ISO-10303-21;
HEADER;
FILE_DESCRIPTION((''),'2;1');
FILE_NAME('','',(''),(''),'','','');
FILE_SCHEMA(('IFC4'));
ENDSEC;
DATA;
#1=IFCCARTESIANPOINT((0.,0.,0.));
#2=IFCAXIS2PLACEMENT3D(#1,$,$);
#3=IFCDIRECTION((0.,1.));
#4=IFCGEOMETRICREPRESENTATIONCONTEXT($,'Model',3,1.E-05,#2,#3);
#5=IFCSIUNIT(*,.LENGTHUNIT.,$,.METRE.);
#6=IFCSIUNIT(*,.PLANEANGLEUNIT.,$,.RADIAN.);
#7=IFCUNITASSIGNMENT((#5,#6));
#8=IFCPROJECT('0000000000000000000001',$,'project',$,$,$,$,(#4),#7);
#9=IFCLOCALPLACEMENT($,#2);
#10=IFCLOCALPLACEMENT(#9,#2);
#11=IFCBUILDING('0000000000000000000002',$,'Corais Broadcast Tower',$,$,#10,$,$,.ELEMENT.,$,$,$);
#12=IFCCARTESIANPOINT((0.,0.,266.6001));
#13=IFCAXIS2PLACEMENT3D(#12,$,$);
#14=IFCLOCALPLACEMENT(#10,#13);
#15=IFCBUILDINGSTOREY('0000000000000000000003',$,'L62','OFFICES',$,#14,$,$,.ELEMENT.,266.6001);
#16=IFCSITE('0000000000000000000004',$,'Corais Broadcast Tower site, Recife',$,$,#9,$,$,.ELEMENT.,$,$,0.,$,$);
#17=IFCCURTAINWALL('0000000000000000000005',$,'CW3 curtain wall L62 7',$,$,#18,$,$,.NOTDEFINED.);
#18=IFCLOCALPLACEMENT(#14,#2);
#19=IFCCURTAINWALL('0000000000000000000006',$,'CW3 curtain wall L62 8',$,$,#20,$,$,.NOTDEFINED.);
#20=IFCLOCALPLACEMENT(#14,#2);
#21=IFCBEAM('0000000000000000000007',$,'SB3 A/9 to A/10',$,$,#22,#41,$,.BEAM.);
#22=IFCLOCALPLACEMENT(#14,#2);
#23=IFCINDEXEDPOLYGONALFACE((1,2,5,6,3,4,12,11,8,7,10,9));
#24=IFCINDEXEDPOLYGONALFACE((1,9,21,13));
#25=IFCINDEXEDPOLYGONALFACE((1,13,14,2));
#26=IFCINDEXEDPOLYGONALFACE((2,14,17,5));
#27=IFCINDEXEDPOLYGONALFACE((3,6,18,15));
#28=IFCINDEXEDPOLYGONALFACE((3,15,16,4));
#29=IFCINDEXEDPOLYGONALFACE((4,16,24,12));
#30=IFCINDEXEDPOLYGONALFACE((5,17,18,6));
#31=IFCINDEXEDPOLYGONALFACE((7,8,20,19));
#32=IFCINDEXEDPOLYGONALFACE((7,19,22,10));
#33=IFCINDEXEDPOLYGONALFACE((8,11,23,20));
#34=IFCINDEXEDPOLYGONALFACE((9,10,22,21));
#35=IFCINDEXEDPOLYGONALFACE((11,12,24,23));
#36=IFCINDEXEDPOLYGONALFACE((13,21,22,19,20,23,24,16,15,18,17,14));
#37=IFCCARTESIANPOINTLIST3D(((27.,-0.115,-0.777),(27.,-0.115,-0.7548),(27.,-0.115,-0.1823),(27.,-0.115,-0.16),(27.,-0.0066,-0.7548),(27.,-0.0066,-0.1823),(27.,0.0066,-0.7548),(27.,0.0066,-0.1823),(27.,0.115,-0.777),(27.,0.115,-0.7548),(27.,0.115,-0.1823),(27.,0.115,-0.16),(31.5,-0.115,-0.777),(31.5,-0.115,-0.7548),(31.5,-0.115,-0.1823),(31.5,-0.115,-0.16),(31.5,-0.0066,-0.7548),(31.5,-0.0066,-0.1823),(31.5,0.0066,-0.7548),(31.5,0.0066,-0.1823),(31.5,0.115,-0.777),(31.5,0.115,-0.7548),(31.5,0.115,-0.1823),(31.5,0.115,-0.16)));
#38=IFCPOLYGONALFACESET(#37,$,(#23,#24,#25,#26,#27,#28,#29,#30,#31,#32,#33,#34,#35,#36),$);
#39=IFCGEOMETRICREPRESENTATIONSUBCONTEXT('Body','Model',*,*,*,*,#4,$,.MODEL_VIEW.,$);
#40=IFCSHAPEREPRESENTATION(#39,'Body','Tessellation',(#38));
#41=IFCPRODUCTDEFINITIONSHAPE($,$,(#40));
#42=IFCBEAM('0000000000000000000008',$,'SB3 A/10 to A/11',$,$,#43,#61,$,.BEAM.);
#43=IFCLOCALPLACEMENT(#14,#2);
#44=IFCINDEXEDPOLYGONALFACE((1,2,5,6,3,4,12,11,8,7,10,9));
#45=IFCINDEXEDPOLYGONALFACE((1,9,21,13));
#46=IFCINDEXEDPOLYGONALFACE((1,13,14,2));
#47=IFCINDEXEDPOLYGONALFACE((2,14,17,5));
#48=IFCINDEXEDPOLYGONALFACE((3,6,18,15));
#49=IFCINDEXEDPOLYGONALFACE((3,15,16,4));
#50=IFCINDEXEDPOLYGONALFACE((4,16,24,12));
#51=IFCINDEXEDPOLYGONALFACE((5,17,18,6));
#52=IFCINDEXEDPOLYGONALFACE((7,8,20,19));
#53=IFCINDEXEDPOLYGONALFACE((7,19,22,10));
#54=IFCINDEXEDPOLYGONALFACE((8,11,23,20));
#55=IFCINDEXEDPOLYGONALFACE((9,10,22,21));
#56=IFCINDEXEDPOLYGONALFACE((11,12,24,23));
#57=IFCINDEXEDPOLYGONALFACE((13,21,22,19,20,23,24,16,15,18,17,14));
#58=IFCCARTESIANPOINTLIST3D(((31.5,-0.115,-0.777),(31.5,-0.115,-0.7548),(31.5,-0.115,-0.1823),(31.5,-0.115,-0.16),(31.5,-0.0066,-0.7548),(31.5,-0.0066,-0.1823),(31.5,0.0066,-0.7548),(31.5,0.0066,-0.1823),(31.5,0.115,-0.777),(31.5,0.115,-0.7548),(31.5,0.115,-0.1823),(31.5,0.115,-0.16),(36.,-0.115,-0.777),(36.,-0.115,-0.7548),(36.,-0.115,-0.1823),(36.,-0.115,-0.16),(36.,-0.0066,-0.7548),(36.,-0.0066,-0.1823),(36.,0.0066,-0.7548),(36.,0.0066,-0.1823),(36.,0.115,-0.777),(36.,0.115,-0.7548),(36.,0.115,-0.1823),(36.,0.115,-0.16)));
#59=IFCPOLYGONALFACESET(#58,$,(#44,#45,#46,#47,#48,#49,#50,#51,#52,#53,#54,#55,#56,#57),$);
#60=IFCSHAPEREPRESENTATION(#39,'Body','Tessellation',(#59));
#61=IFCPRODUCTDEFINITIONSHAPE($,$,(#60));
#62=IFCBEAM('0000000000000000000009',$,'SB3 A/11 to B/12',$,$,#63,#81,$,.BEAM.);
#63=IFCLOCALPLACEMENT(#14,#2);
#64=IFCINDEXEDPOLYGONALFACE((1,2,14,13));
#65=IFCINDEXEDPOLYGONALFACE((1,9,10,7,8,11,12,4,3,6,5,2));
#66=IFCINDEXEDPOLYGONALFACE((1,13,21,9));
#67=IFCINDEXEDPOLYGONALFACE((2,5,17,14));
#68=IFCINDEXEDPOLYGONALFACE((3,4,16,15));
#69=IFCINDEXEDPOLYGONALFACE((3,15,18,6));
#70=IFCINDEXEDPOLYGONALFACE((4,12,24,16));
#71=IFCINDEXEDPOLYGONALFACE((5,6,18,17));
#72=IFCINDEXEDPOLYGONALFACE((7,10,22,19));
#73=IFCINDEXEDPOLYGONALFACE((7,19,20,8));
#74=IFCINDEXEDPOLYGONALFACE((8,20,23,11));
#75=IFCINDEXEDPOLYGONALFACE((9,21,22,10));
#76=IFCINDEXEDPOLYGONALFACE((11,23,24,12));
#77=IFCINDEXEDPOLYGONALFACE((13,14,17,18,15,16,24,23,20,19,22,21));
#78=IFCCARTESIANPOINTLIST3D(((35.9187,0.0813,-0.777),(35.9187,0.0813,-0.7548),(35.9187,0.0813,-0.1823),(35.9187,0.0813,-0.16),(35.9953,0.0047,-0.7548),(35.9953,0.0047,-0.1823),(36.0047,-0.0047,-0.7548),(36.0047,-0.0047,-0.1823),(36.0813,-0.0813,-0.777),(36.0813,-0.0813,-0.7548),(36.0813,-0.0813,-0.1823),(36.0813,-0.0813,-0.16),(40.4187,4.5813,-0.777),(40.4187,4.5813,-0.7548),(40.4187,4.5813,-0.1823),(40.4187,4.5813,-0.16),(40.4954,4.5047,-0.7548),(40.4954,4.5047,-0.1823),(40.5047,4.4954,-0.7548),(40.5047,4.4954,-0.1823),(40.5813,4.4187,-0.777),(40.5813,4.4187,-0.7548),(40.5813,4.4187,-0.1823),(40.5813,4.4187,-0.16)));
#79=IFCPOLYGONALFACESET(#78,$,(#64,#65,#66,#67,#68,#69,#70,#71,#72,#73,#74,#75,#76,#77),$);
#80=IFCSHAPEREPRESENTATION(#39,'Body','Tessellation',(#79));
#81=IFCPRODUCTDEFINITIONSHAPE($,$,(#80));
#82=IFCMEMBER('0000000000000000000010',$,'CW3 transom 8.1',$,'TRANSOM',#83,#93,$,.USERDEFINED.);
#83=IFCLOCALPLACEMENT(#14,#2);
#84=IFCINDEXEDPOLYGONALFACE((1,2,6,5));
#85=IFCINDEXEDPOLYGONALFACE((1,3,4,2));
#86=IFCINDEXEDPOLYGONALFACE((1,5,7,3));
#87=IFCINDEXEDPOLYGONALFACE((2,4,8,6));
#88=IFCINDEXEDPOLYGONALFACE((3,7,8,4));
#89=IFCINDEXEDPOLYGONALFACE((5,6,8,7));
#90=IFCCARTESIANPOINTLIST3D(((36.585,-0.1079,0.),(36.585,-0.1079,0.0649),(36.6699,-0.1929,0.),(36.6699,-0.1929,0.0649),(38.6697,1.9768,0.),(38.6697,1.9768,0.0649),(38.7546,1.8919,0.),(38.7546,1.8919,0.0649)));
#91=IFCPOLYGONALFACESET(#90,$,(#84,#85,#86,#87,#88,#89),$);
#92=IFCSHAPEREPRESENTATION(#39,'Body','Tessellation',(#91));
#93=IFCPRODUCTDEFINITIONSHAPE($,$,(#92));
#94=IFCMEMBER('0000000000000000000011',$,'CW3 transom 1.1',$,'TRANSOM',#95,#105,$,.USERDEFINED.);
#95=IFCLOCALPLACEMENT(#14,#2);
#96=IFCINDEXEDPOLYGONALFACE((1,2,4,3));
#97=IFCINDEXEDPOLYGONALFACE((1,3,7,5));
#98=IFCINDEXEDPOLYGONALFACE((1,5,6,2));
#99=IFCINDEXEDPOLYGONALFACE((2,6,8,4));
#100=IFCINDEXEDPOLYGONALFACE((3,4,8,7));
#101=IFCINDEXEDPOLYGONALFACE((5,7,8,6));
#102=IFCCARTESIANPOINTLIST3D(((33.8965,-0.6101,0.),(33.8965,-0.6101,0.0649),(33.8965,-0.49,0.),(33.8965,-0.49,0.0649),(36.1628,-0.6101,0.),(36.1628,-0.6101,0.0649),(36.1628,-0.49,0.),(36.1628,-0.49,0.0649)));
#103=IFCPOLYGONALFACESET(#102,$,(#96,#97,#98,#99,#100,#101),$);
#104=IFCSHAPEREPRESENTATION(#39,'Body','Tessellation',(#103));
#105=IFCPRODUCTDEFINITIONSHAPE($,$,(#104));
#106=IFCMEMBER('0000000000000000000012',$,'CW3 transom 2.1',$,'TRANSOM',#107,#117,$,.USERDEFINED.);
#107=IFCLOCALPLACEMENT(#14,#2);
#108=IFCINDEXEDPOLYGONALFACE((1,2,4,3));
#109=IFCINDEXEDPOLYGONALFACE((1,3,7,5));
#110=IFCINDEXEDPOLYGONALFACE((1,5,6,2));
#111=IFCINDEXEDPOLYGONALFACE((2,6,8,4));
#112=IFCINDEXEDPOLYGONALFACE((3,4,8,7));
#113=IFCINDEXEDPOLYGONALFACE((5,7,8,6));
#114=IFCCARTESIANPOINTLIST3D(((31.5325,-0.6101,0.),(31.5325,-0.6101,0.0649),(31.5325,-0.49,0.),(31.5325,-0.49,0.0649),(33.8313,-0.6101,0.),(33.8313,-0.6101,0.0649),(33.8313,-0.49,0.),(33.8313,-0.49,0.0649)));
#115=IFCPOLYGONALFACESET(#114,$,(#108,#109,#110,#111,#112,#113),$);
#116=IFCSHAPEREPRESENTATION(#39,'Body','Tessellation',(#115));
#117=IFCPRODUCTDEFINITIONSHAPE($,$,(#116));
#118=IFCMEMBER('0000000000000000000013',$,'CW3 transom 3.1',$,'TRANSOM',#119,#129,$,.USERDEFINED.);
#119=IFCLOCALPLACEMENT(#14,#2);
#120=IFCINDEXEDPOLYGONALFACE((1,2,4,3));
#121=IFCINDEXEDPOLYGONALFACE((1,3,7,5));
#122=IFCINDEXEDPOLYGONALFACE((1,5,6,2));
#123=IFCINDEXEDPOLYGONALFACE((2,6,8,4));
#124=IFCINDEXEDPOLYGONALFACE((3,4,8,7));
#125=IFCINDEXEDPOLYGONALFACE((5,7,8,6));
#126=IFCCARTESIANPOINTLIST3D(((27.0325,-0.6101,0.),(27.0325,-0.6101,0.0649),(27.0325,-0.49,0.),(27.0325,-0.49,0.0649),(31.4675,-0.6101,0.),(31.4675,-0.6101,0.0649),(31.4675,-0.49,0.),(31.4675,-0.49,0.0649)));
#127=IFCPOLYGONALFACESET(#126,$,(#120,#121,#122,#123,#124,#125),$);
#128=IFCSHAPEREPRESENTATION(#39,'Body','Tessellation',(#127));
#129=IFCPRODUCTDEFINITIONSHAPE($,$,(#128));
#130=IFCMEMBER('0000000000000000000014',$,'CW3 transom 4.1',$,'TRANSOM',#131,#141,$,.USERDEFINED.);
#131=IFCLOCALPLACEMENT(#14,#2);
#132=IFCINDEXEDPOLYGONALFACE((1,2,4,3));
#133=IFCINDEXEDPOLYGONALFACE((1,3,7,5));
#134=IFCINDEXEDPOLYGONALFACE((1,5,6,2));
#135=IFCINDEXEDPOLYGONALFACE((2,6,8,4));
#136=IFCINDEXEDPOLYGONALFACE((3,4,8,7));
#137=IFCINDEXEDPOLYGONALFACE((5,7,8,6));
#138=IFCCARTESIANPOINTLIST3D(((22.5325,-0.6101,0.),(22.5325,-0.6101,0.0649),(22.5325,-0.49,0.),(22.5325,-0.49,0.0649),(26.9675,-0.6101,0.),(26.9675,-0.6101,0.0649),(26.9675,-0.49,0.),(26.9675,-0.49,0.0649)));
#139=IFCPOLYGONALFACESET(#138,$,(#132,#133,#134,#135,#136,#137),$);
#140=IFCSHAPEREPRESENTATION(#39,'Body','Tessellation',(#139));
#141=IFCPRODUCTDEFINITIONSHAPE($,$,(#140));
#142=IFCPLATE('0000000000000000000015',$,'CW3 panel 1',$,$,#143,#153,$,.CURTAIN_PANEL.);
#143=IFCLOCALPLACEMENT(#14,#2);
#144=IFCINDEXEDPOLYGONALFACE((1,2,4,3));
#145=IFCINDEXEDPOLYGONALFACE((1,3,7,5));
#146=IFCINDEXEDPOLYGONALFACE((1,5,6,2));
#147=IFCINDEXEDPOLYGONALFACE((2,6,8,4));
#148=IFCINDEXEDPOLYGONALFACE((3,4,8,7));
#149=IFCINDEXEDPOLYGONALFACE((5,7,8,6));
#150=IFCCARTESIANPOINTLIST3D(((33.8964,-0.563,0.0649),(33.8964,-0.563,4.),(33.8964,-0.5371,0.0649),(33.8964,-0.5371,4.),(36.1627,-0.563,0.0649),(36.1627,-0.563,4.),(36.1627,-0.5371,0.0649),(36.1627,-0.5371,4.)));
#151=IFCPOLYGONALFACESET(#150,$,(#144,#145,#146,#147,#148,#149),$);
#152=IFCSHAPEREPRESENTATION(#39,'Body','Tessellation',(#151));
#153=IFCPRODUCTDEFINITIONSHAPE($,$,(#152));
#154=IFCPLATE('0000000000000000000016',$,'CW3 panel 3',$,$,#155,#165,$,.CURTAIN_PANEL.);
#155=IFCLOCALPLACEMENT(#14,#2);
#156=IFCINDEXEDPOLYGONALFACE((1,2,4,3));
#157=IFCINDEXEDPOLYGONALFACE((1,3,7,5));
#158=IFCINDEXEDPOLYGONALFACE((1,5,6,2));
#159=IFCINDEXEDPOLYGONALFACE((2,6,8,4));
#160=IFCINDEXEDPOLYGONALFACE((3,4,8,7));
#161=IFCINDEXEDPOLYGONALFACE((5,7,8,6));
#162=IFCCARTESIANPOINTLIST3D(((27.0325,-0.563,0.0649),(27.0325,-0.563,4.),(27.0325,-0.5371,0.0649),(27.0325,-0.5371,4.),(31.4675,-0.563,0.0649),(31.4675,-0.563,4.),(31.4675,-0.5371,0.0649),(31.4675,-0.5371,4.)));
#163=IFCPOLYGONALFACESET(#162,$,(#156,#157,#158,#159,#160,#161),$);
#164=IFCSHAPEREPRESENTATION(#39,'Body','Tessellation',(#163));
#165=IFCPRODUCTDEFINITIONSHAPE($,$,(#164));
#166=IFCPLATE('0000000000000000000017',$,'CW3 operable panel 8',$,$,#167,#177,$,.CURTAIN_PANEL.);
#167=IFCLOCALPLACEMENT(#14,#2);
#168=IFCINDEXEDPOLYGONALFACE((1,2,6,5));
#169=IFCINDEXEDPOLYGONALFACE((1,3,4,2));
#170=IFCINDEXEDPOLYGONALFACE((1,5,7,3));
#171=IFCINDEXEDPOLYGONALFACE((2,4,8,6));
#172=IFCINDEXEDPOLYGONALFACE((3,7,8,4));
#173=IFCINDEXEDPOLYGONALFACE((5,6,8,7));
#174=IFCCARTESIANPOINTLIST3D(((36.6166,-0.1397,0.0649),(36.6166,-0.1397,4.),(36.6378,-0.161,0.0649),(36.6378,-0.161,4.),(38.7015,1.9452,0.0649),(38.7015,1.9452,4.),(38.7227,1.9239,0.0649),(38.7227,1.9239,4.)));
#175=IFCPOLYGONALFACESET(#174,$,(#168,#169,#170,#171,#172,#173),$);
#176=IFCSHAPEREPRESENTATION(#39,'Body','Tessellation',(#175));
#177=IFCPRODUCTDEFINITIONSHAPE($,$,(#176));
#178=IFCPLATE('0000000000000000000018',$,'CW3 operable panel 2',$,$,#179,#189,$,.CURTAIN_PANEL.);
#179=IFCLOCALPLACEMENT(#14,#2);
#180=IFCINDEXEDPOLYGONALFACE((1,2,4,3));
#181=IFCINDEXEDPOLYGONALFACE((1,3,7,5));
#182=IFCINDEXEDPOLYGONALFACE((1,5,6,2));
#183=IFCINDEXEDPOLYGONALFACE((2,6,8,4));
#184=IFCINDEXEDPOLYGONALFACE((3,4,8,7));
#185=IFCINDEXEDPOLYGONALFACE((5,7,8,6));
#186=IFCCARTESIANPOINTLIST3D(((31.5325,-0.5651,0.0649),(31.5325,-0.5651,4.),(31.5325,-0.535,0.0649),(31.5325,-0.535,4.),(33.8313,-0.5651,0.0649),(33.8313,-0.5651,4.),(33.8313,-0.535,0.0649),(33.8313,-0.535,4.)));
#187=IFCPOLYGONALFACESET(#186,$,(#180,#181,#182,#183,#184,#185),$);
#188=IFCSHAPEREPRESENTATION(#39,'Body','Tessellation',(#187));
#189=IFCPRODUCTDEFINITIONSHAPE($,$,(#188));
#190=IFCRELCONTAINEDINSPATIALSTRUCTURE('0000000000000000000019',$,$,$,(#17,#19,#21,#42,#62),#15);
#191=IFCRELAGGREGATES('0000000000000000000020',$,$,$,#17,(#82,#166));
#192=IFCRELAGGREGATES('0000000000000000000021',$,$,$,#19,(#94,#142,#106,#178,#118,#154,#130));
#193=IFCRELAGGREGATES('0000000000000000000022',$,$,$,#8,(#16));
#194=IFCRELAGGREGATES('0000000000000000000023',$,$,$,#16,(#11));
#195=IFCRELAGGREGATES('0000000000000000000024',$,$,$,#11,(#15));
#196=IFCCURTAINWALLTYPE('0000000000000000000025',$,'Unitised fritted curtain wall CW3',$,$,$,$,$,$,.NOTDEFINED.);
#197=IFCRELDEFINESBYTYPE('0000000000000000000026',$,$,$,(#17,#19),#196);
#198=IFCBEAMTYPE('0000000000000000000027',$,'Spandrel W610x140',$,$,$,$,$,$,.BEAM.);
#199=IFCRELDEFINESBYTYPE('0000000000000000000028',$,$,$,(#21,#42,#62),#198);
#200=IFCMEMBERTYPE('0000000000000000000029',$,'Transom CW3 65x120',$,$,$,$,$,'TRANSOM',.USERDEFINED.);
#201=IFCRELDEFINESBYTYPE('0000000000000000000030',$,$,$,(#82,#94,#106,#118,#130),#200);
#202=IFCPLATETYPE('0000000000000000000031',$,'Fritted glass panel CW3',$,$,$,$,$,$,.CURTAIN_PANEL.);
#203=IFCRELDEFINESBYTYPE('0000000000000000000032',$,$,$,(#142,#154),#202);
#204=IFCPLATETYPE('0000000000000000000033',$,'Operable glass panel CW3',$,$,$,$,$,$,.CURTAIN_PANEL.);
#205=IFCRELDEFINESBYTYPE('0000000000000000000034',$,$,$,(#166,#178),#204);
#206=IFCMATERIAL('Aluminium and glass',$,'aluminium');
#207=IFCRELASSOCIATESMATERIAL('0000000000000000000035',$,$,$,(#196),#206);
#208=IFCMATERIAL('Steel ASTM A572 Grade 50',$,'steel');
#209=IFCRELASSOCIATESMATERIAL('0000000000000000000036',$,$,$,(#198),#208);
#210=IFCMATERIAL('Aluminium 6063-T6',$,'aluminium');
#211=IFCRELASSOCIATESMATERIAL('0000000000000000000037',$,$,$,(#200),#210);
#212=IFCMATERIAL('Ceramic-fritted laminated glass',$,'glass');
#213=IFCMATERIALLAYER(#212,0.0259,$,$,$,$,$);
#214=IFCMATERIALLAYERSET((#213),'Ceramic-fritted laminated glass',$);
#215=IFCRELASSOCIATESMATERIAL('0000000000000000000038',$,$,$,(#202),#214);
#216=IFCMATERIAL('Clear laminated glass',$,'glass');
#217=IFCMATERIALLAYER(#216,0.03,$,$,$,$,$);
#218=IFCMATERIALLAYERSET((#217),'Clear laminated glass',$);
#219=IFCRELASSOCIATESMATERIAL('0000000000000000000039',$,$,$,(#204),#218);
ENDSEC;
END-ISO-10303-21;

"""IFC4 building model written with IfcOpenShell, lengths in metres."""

from ifc_helpers import new_model, si_unit, direction, frame, origin, origin_2d, place, context, subcontext, project, spatial, rectangle, i_section, extrude, material, layer, layer_set, material_profile, profile_set, type_object, element, aggregate, save


model = new_model("IFC4")

# Units and contexts
model_context = context("Model", 3, precision=1e-05, world=origin(), true_north=direction((0.0, 1.0)))
body_context = subcontext(model_context, "Body", "Model", "MODEL_VIEW")
ifc_project = project(units=[si_unit("LENGTHUNIT", "METRE"), si_unit("PLANEANGLEUNIT", "RADIAN")], contexts=[model_context])

# Site, building, storey
site_placement = place(None, origin())
site = spatial("IfcSite", under=ifc_project, at=site_placement, Name="Corais Broadcast Tower site, Recife", CompositionType="ELEMENT", RefElevation=0.0)
building_placement = place(site_placement, origin())
building = spatial("IfcBuilding", under=site, at=building_placement, Name="Corais Broadcast Tower", CompositionType="ELEMENT")
storey_placement = place(building_placement, frame((0.0, 0.0, 266.6001)))
storey = spatial("IfcBuildingStorey", under=building, at=storey_placement, Name="L62", Description="OFFICES", CompositionType="ELEMENT", Elevation=266.6001)

# Curtain wall
ifc_material_1 = material(Name="Aluminium and glass", Category="aluminium")
curtain_wall_type = type_object("IfcCurtainWallType", Name="Unitised fritted curtain wall CW3", PredefinedType="NOTDEFINED", material=ifc_material_1)
curtain_wall_1_placement = place(storey_placement, origin())
curtain_wall_1 = element("IfcCurtainWall", 1, at=curtain_wall_1_placement, inside=storey, type_object=curtain_wall_type, Name="CW3 curtain wall L62 7", PredefinedType="NOTDEFINED")

# Curtain wall
curtain_wall_2_placement = place(storey_placement, origin())
curtain_wall_2 = element("IfcCurtainWall", 2, at=curtain_wall_2_placement, inside=storey, type_object=curtain_wall_type, Name="CW3 curtain wall L62 8", PredefinedType="NOTDEFINED")

# Beams
ifc_material_2 = material(Name="Steel ASTM A572 Grade 50", Category="steel")
ifc_material_profile_1 = material_profile(ifc_material_2, i_section(OverallWidth=0.23, OverallDepth=0.6169, WebThickness=0.0132, FlangeThickness=0.0222, at=origin_2d()), Name="W610x140")
ifc_profile_set_1 = profile_set([ifc_material_profile_1], Name="Steel ASTM A572 Grade 50")
beam_type_1 = type_object("IfcBeamType", Name="Spandrel W610x140", PredefinedType="BEAM", material=ifc_profile_set_1)
for number, where, z_axis, x_axis, name in (
    (3, (27.0, 0.0, -0.4685), (1.0, 0.0, 0.0), (0.0, 1.0, 0.0), "SB3 A/9 to A/10"),
    (4, (31.5, 0.0, -0.4685), (1.0, 0.0, 0.0), (0.0, 1.0, 0.0), "SB3 A/10 to A/11"),
):
    element("IfcBeam", number, at=place(storey_placement, frame(where, z_axis=z_axis, x_axis=x_axis)), inside=storey, type_object=beam_type_1, Name=name, PredefinedType="BEAM", context=body_context, shape_type="SweptSolid", body=[
        extrude(i_section(OverallWidth=0.23, OverallDepth=0.6169, WebThickness=0.0132, FlangeThickness=0.0222, at=origin_2d()), origin(), (0.0, 0.0, 1.0), 4.5),
    ])
beam_placement = place(storey_placement, frame((36.0, 0.0, -0.4685), z_axis=(0.707107, 0.707107, 0.0), x_axis=(-0.707107, 0.707107, 0.0)))
element("IfcBeam", 5, at=beam_placement, inside=storey, type_object=beam_type_1, Name="SB3 A/11 to B/12", PredefinedType="BEAM", context=body_context, shape_type="SweptSolid", body=[
    extrude(i_section(OverallWidth=0.23, OverallDepth=0.6169, WebThickness=0.0132, FlangeThickness=0.0222, at=origin_2d()), origin(), (0.0, 0.0, 1.0), 6.364),
])

# Members
ifc_material_3 = material(Name="Aluminium 6063-T6", Category="aluminium")
ifc_material_profile_2 = material_profile(ifc_material_3, rectangle(XDim=0.1201, YDim=0.0649, at=origin_2d()), Name="Transom CW3 65x120")
ifc_profile_set_2 = profile_set([ifc_material_profile_2], Name="Aluminium 6063-T6")
member_type_1 = type_object("IfcMemberType", Name="Transom CW3 65x120", ElementType="TRANSOM", PredefinedType="USERDEFINED", material=ifc_profile_set_2)
member_1_placement = place(storey_placement, frame((38.7122, 1.9343, 0.0325), z_axis=(-0.707107, -0.707107, 0.0), x_axis=(0.707107, -0.707107, 0.0)))
member_1 = element("IfcMember", 6, at=member_1_placement, type_object=member_type_1, Name="CW3 transom 8.1", ObjectType="TRANSOM", PredefinedType="USERDEFINED", context=body_context, shape_type="SweptSolid", body=[
    extrude(rectangle(XDim=0.1201, YDim=0.0649, at=origin_2d()), origin(), (0.0, 0.0, 1.0), 2.9482),
])
member_2_placement = place(storey_placement, frame((36.1628, -0.55, 0.0325), z_axis=(-1.0, 0.0, 0.0), x_axis=(0.0, -1.0, 0.0)))
member_2 = element("IfcMember", 7, at=member_2_placement, type_object=member_type_1, Name="CW3 transom 1.1", ObjectType="TRANSOM", PredefinedType="USERDEFINED", context=body_context, shape_type="SweptSolid", body=[
    extrude(rectangle(XDim=0.1201, YDim=0.0649, at=origin_2d()), origin(), (0.0, 0.0, 1.0), 2.2664),
])
member_3_placement = place(storey_placement, frame((33.8313, -0.55, 0.0325), z_axis=(-1.0, 0.0, 0.0), x_axis=(0.0, -1.0, 0.0)))
member_3 = element("IfcMember", 8, at=member_3_placement, type_object=member_type_1, Name="CW3 transom 2.1", ObjectType="TRANSOM", PredefinedType="USERDEFINED", context=body_context, shape_type="SweptSolid", body=[
    extrude(rectangle(XDim=0.1201, YDim=0.0649, at=origin_2d()), origin(), (0.0, 0.0, 1.0), 2.2988),
])
member_4_placement = place(storey_placement, frame((31.4675, -0.55, 0.0325), z_axis=(-1.0, 0.0, 0.0), x_axis=(0.0, -1.0, 0.0)))
member_4 = element("IfcMember", 9, at=member_4_placement, type_object=member_type_1, Name="CW3 transom 3.1", ObjectType="TRANSOM", PredefinedType="USERDEFINED", context=body_context, shape_type="SweptSolid", body=[
    extrude(rectangle(XDim=0.1201, YDim=0.0649, at=origin_2d()), origin(), (0.0, 0.0, 1.0), 4.4351),
])
member_5_placement = place(storey_placement, frame((26.9675, -0.55, 0.0325), z_axis=(-1.0, 0.0, 0.0), x_axis=(0.0, -1.0, 0.0)))
member_5 = element("IfcMember", 10, at=member_5_placement, type_object=member_type_1, Name="CW3 transom 4.1", ObjectType="TRANSOM", PredefinedType="USERDEFINED", context=body_context, shape_type="SweptSolid", body=[
    extrude(rectangle(XDim=0.1201, YDim=0.0649, at=origin_2d()), origin(), (0.0, 0.0, 1.0), 4.4351),
])

# Plates
ifc_material_4 = material(Name="Ceramic-fritted laminated glass", Category="glass")
ifc_layer_1 = layer(ifc_material_4, 0.0259)
ifc_layer_set_1 = layer_set([ifc_layer_1], Name="Ceramic-fritted laminated glass")
plate_type_1 = type_object("IfcPlateType", Name="Fritted glass panel CW3", PredefinedType="CURTAIN_PANEL", material=ifc_layer_set_1)
plate_1_placement = place(storey_placement, frame((35.0295, -0.55, 0.0649), z_axis=(0.0, 0.0, 1.0), x_axis=(-1.0, 0.0, 0.0)))
plate_1 = element("IfcPlate", 11, at=plate_1_placement, type_object=plate_type_1, Name="CW3 panel 1", PredefinedType="CURTAIN_PANEL", context=body_context, shape_type="SweptSolid", body=[
    extrude(rectangle(XDim=2.2664, YDim=0.0259, at=origin_2d()), origin(), (0.0, 0.0, 1.0), 3.9351),
])
plate_2_placement = place(storey_placement, frame((29.25, -0.55, 0.0649), z_axis=(0.0, 0.0, 1.0), x_axis=(-1.0, 0.0, 0.0)))
plate_2 = element("IfcPlate", 12, at=plate_2_placement, type_object=plate_type_1, Name="CW3 panel 3", PredefinedType="CURTAIN_PANEL", context=body_context, shape_type="SweptSolid", body=[
    extrude(rectangle(XDim=4.4351, YDim=0.0259, at=origin_2d()), origin(), (0.0, 0.0, 1.0), 3.9351),
])
ifc_material_5 = material(Name="Clear laminated glass", Category="glass")
ifc_layer_2 = layer(ifc_material_5, 0.03)
ifc_layer_set_2 = layer_set([ifc_layer_2], Name="Clear laminated glass")
plate_type_2 = type_object("IfcPlateType", Name="Operable glass panel CW3", PredefinedType="CURTAIN_PANEL", material=ifc_layer_set_2)
plate_3_placement = place(storey_placement, frame((37.6697, 0.8921, 0.0649), z_axis=(0.0, 0.0, 1.0), x_axis=(-0.707107, -0.707107, 0.0)))
plate_3 = element("IfcPlate", 13, at=plate_3_placement, type_object=plate_type_2, Name="CW3 operable panel 8", PredefinedType="CURTAIN_PANEL", context=body_context, shape_type="SweptSolid", body=[
    extrude(rectangle(XDim=2.9485, YDim=0.03, at=origin_2d()), origin(), (0.0, 0.0, 1.0), 3.9351),
])
aggregate(curtain_wall_1, [member_1, plate_3])
plate_4_placement = place(storey_placement, frame((32.6819, -0.55, 0.0649), z_axis=(0.0, 0.0, 1.0), x_axis=(-1.0, 0.0, 0.0)))
plate_4 = element("IfcPlate", 14, at=plate_4_placement, type_object=plate_type_2, Name="CW3 operable panel 2", PredefinedType="CURTAIN_PANEL", context=body_context, shape_type="SweptSolid", body=[
    extrude(rectangle(XDim=2.2988, YDim=0.03, at=origin_2d()), origin(), (0.0, 0.0, 1.0), 3.9351),
])
aggregate(curtain_wall_2, [member_2, plate_1, member_3, plate_4, member_4, plate_2, member_5])

save(model, "model.ifc")
